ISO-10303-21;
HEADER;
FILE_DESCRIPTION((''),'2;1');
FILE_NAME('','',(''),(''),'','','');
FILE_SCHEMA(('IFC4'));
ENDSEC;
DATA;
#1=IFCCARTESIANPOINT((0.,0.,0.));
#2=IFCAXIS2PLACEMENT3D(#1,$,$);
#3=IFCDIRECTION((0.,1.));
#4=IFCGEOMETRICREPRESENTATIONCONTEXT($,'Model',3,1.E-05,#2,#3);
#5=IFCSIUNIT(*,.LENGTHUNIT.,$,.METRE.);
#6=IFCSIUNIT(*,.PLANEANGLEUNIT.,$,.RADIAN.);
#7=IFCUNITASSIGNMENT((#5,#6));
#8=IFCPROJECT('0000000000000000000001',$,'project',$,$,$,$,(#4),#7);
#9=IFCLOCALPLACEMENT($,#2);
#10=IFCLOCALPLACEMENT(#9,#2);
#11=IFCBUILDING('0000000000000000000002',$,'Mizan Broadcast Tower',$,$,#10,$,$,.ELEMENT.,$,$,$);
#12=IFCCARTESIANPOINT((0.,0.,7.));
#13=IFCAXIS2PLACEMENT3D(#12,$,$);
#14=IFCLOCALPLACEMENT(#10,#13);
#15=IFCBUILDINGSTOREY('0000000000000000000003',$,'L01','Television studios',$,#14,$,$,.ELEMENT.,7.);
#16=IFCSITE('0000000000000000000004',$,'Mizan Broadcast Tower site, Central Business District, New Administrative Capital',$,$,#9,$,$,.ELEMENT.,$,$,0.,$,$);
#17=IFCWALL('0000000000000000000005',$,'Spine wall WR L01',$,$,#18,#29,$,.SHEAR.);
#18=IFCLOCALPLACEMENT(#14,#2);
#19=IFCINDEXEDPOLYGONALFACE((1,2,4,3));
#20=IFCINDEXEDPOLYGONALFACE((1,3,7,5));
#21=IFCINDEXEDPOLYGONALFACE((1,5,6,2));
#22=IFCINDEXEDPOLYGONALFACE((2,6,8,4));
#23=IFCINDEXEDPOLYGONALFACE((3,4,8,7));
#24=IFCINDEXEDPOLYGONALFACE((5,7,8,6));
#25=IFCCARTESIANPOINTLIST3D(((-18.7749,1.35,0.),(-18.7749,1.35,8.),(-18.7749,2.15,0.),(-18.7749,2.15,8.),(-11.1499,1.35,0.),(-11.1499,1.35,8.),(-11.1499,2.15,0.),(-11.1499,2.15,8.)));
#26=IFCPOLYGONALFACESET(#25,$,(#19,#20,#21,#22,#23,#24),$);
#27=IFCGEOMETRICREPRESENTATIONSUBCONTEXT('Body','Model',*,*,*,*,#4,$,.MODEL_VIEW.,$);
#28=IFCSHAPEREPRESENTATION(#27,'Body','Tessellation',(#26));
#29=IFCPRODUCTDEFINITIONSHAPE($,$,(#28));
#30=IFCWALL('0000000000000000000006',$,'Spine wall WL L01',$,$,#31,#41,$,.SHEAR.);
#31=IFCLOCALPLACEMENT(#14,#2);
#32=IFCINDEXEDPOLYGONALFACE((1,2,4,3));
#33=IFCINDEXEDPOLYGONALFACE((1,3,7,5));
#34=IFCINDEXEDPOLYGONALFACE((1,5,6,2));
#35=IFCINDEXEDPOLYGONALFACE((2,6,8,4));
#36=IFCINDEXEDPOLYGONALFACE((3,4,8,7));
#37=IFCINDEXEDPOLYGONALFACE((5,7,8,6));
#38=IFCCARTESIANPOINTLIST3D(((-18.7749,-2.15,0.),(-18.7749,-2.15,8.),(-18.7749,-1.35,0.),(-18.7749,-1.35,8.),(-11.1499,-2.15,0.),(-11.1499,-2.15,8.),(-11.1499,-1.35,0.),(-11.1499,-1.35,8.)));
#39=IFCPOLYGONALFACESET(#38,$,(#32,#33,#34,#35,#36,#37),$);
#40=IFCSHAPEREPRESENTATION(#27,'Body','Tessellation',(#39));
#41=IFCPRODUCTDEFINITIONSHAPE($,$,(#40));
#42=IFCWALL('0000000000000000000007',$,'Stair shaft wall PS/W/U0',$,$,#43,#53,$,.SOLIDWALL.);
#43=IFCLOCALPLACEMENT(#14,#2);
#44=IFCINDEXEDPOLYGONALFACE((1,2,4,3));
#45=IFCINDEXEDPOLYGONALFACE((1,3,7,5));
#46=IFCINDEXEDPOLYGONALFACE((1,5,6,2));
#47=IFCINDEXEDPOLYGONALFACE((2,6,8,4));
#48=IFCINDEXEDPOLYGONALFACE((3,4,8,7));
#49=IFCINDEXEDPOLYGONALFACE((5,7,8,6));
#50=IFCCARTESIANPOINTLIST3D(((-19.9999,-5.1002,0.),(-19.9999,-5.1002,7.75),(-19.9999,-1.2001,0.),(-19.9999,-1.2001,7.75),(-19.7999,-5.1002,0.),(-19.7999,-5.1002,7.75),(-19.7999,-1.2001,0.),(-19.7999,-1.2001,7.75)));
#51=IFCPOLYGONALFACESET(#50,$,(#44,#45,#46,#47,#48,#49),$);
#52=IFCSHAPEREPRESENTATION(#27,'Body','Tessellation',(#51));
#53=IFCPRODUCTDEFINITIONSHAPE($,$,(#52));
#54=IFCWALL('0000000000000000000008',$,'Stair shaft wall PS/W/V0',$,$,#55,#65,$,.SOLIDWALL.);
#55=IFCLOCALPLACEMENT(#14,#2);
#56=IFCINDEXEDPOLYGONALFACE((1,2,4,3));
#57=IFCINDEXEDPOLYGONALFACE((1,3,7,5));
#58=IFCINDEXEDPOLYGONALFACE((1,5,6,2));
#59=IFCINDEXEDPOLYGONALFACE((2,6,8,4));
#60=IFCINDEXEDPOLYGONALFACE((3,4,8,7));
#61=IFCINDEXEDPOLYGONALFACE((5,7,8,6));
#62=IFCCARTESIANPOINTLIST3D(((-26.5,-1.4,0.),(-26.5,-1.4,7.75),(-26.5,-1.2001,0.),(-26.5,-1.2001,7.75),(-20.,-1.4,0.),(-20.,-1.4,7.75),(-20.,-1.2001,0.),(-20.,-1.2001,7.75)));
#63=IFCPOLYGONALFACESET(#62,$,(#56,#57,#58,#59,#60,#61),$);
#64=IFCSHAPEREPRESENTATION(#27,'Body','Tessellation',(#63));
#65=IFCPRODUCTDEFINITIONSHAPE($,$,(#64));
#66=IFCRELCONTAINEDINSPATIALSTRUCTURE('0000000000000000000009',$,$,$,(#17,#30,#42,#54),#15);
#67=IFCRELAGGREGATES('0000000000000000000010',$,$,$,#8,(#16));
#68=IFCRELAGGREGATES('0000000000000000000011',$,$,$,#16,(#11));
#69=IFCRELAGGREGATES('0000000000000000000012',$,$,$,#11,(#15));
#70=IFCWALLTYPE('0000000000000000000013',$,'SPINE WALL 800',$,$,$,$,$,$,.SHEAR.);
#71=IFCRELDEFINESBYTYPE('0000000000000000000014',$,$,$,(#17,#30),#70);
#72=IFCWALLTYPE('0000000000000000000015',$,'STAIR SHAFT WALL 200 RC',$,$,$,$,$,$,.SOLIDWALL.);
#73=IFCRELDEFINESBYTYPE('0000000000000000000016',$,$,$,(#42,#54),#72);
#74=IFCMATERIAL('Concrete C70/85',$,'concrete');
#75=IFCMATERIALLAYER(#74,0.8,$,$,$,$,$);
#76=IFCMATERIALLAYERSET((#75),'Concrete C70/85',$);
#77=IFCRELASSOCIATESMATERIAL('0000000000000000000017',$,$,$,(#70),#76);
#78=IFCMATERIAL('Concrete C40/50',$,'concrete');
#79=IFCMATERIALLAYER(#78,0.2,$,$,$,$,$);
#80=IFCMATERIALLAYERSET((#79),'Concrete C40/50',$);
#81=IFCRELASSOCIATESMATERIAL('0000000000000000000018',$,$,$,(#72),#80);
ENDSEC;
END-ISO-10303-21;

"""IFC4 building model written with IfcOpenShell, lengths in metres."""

from ifc_helpers import new_model, si_unit, direction, frame, frame_2d, origin, place, context, subcontext, project, spatial, rectangle, extrude, material, layer, layer_set, type_object, element, save


model = new_model("IFC4")

# Units and contexts
model_context = context("Model", 3, precision=1e-05, world=origin(), true_north=direction((0.0, 1.0)))
body_context = subcontext(model_context, "Body", "Model", "MODEL_VIEW")
ifc_project = project(units=[si_unit("LENGTHUNIT", "METRE"), si_unit("PLANEANGLEUNIT", "RADIAN")], contexts=[model_context])

# Site, building, storey
site_placement = place(None, origin())
site = spatial("IfcSite", under=ifc_project, at=site_placement, Name="Mizan Broadcast Tower site, Central Business District, New Administrative Capital", CompositionType="ELEMENT", RefElevation=0.0)
building_placement = place(site_placement, origin())
building = spatial("IfcBuilding", under=site, at=building_placement, Name="Mizan Broadcast Tower", CompositionType="ELEMENT")
storey_placement = place(building_placement, frame((0.0, 0.0, 7.0)))
storey = spatial("IfcBuildingStorey", under=building, at=storey_placement, Name="L01", Description="Television studios", CompositionType="ELEMENT", Elevation=7.0)

# Walls
ifc_material_1 = material(Name="Concrete C70/85", Category="concrete")
ifc_layer_1 = layer(ifc_material_1, 0.8)
ifc_layer_set_1 = layer_set([ifc_layer_1], Name="Concrete C70/85")
wall_type_1 = type_object("IfcWallType", Name="SPINE WALL 800", PredefinedType="SHEAR", material=ifc_layer_set_1)
for number, where, z_axis, x_axis, name in (
    (1, (-11.1499, 1.75, 0.0), (0.0, 0.0, 1.0), (-1.0, 0.0, 0.0), "Spine wall WR L01"),
    (2, (-11.1499, -1.75, 0.0), (0.0, 0.0, 1.0), (-1.0, 0.0, 0.0), "Spine wall WL L01"),
):
    element("IfcWall", number, at=place(storey_placement, frame(where, z_axis=z_axis, x_axis=x_axis)), inside=storey, type_object=wall_type_1, Name=name, PredefinedType="SHEAR", context=body_context, shape_type="SweptSolid", body=[
        extrude(rectangle(XDim=7.625, YDim=0.8, at=frame_2d((3.8125, 0.0))), origin(), (0.0, 0.0, 1.0), 8.0),
    ])
ifc_material_2 = material(Name="Concrete C40/50", Category="concrete")
ifc_layer_2 = layer(ifc_material_2, 0.2)
ifc_layer_set_2 = layer_set([ifc_layer_2], Name="Concrete C40/50")
wall_type_2 = type_object("IfcWallType", Name="STAIR SHAFT WALL 200 RC", PredefinedType="SOLIDWALL", material=ifc_layer_set_2)
wall_1_placement = place(storey_placement, frame((-19.8999, -1.2, 0.0), z_axis=(0.0, 0.0, 1.0), x_axis=(0.0, -1.0, 0.0)))
element("IfcWall", 3, at=wall_1_placement, inside=storey, type_object=wall_type_2, Name="Stair shaft wall PS/W/U0", PredefinedType="SOLIDWALL", context=body_context, shape_type="SweptSolid", body=[
    extrude(rectangle(XDim=3.9001, YDim=0.2, at=frame_2d((1.9502, 0.0))), origin(), (0.0, 0.0, 1.0), 7.75),
])
wall_2_placement = place(storey_placement, frame((-20.0, -1.3, 0.0), z_axis=(0.0, 0.0, 1.0), x_axis=(-1.0, 0.0, 0.0)))
element("IfcWall", 4, at=wall_2_placement, inside=storey, type_object=wall_type_2, Name="Stair shaft wall PS/W/V0", PredefinedType="SOLIDWALL", context=body_context, shape_type="SweptSolid", body=[
    extrude(rectangle(XDim=6.5, YDim=0.2, at=frame_2d((3.25, 0.0))), origin(), (0.0, 0.0, 1.0), 7.75),
])

save(model, "model.ifc")
